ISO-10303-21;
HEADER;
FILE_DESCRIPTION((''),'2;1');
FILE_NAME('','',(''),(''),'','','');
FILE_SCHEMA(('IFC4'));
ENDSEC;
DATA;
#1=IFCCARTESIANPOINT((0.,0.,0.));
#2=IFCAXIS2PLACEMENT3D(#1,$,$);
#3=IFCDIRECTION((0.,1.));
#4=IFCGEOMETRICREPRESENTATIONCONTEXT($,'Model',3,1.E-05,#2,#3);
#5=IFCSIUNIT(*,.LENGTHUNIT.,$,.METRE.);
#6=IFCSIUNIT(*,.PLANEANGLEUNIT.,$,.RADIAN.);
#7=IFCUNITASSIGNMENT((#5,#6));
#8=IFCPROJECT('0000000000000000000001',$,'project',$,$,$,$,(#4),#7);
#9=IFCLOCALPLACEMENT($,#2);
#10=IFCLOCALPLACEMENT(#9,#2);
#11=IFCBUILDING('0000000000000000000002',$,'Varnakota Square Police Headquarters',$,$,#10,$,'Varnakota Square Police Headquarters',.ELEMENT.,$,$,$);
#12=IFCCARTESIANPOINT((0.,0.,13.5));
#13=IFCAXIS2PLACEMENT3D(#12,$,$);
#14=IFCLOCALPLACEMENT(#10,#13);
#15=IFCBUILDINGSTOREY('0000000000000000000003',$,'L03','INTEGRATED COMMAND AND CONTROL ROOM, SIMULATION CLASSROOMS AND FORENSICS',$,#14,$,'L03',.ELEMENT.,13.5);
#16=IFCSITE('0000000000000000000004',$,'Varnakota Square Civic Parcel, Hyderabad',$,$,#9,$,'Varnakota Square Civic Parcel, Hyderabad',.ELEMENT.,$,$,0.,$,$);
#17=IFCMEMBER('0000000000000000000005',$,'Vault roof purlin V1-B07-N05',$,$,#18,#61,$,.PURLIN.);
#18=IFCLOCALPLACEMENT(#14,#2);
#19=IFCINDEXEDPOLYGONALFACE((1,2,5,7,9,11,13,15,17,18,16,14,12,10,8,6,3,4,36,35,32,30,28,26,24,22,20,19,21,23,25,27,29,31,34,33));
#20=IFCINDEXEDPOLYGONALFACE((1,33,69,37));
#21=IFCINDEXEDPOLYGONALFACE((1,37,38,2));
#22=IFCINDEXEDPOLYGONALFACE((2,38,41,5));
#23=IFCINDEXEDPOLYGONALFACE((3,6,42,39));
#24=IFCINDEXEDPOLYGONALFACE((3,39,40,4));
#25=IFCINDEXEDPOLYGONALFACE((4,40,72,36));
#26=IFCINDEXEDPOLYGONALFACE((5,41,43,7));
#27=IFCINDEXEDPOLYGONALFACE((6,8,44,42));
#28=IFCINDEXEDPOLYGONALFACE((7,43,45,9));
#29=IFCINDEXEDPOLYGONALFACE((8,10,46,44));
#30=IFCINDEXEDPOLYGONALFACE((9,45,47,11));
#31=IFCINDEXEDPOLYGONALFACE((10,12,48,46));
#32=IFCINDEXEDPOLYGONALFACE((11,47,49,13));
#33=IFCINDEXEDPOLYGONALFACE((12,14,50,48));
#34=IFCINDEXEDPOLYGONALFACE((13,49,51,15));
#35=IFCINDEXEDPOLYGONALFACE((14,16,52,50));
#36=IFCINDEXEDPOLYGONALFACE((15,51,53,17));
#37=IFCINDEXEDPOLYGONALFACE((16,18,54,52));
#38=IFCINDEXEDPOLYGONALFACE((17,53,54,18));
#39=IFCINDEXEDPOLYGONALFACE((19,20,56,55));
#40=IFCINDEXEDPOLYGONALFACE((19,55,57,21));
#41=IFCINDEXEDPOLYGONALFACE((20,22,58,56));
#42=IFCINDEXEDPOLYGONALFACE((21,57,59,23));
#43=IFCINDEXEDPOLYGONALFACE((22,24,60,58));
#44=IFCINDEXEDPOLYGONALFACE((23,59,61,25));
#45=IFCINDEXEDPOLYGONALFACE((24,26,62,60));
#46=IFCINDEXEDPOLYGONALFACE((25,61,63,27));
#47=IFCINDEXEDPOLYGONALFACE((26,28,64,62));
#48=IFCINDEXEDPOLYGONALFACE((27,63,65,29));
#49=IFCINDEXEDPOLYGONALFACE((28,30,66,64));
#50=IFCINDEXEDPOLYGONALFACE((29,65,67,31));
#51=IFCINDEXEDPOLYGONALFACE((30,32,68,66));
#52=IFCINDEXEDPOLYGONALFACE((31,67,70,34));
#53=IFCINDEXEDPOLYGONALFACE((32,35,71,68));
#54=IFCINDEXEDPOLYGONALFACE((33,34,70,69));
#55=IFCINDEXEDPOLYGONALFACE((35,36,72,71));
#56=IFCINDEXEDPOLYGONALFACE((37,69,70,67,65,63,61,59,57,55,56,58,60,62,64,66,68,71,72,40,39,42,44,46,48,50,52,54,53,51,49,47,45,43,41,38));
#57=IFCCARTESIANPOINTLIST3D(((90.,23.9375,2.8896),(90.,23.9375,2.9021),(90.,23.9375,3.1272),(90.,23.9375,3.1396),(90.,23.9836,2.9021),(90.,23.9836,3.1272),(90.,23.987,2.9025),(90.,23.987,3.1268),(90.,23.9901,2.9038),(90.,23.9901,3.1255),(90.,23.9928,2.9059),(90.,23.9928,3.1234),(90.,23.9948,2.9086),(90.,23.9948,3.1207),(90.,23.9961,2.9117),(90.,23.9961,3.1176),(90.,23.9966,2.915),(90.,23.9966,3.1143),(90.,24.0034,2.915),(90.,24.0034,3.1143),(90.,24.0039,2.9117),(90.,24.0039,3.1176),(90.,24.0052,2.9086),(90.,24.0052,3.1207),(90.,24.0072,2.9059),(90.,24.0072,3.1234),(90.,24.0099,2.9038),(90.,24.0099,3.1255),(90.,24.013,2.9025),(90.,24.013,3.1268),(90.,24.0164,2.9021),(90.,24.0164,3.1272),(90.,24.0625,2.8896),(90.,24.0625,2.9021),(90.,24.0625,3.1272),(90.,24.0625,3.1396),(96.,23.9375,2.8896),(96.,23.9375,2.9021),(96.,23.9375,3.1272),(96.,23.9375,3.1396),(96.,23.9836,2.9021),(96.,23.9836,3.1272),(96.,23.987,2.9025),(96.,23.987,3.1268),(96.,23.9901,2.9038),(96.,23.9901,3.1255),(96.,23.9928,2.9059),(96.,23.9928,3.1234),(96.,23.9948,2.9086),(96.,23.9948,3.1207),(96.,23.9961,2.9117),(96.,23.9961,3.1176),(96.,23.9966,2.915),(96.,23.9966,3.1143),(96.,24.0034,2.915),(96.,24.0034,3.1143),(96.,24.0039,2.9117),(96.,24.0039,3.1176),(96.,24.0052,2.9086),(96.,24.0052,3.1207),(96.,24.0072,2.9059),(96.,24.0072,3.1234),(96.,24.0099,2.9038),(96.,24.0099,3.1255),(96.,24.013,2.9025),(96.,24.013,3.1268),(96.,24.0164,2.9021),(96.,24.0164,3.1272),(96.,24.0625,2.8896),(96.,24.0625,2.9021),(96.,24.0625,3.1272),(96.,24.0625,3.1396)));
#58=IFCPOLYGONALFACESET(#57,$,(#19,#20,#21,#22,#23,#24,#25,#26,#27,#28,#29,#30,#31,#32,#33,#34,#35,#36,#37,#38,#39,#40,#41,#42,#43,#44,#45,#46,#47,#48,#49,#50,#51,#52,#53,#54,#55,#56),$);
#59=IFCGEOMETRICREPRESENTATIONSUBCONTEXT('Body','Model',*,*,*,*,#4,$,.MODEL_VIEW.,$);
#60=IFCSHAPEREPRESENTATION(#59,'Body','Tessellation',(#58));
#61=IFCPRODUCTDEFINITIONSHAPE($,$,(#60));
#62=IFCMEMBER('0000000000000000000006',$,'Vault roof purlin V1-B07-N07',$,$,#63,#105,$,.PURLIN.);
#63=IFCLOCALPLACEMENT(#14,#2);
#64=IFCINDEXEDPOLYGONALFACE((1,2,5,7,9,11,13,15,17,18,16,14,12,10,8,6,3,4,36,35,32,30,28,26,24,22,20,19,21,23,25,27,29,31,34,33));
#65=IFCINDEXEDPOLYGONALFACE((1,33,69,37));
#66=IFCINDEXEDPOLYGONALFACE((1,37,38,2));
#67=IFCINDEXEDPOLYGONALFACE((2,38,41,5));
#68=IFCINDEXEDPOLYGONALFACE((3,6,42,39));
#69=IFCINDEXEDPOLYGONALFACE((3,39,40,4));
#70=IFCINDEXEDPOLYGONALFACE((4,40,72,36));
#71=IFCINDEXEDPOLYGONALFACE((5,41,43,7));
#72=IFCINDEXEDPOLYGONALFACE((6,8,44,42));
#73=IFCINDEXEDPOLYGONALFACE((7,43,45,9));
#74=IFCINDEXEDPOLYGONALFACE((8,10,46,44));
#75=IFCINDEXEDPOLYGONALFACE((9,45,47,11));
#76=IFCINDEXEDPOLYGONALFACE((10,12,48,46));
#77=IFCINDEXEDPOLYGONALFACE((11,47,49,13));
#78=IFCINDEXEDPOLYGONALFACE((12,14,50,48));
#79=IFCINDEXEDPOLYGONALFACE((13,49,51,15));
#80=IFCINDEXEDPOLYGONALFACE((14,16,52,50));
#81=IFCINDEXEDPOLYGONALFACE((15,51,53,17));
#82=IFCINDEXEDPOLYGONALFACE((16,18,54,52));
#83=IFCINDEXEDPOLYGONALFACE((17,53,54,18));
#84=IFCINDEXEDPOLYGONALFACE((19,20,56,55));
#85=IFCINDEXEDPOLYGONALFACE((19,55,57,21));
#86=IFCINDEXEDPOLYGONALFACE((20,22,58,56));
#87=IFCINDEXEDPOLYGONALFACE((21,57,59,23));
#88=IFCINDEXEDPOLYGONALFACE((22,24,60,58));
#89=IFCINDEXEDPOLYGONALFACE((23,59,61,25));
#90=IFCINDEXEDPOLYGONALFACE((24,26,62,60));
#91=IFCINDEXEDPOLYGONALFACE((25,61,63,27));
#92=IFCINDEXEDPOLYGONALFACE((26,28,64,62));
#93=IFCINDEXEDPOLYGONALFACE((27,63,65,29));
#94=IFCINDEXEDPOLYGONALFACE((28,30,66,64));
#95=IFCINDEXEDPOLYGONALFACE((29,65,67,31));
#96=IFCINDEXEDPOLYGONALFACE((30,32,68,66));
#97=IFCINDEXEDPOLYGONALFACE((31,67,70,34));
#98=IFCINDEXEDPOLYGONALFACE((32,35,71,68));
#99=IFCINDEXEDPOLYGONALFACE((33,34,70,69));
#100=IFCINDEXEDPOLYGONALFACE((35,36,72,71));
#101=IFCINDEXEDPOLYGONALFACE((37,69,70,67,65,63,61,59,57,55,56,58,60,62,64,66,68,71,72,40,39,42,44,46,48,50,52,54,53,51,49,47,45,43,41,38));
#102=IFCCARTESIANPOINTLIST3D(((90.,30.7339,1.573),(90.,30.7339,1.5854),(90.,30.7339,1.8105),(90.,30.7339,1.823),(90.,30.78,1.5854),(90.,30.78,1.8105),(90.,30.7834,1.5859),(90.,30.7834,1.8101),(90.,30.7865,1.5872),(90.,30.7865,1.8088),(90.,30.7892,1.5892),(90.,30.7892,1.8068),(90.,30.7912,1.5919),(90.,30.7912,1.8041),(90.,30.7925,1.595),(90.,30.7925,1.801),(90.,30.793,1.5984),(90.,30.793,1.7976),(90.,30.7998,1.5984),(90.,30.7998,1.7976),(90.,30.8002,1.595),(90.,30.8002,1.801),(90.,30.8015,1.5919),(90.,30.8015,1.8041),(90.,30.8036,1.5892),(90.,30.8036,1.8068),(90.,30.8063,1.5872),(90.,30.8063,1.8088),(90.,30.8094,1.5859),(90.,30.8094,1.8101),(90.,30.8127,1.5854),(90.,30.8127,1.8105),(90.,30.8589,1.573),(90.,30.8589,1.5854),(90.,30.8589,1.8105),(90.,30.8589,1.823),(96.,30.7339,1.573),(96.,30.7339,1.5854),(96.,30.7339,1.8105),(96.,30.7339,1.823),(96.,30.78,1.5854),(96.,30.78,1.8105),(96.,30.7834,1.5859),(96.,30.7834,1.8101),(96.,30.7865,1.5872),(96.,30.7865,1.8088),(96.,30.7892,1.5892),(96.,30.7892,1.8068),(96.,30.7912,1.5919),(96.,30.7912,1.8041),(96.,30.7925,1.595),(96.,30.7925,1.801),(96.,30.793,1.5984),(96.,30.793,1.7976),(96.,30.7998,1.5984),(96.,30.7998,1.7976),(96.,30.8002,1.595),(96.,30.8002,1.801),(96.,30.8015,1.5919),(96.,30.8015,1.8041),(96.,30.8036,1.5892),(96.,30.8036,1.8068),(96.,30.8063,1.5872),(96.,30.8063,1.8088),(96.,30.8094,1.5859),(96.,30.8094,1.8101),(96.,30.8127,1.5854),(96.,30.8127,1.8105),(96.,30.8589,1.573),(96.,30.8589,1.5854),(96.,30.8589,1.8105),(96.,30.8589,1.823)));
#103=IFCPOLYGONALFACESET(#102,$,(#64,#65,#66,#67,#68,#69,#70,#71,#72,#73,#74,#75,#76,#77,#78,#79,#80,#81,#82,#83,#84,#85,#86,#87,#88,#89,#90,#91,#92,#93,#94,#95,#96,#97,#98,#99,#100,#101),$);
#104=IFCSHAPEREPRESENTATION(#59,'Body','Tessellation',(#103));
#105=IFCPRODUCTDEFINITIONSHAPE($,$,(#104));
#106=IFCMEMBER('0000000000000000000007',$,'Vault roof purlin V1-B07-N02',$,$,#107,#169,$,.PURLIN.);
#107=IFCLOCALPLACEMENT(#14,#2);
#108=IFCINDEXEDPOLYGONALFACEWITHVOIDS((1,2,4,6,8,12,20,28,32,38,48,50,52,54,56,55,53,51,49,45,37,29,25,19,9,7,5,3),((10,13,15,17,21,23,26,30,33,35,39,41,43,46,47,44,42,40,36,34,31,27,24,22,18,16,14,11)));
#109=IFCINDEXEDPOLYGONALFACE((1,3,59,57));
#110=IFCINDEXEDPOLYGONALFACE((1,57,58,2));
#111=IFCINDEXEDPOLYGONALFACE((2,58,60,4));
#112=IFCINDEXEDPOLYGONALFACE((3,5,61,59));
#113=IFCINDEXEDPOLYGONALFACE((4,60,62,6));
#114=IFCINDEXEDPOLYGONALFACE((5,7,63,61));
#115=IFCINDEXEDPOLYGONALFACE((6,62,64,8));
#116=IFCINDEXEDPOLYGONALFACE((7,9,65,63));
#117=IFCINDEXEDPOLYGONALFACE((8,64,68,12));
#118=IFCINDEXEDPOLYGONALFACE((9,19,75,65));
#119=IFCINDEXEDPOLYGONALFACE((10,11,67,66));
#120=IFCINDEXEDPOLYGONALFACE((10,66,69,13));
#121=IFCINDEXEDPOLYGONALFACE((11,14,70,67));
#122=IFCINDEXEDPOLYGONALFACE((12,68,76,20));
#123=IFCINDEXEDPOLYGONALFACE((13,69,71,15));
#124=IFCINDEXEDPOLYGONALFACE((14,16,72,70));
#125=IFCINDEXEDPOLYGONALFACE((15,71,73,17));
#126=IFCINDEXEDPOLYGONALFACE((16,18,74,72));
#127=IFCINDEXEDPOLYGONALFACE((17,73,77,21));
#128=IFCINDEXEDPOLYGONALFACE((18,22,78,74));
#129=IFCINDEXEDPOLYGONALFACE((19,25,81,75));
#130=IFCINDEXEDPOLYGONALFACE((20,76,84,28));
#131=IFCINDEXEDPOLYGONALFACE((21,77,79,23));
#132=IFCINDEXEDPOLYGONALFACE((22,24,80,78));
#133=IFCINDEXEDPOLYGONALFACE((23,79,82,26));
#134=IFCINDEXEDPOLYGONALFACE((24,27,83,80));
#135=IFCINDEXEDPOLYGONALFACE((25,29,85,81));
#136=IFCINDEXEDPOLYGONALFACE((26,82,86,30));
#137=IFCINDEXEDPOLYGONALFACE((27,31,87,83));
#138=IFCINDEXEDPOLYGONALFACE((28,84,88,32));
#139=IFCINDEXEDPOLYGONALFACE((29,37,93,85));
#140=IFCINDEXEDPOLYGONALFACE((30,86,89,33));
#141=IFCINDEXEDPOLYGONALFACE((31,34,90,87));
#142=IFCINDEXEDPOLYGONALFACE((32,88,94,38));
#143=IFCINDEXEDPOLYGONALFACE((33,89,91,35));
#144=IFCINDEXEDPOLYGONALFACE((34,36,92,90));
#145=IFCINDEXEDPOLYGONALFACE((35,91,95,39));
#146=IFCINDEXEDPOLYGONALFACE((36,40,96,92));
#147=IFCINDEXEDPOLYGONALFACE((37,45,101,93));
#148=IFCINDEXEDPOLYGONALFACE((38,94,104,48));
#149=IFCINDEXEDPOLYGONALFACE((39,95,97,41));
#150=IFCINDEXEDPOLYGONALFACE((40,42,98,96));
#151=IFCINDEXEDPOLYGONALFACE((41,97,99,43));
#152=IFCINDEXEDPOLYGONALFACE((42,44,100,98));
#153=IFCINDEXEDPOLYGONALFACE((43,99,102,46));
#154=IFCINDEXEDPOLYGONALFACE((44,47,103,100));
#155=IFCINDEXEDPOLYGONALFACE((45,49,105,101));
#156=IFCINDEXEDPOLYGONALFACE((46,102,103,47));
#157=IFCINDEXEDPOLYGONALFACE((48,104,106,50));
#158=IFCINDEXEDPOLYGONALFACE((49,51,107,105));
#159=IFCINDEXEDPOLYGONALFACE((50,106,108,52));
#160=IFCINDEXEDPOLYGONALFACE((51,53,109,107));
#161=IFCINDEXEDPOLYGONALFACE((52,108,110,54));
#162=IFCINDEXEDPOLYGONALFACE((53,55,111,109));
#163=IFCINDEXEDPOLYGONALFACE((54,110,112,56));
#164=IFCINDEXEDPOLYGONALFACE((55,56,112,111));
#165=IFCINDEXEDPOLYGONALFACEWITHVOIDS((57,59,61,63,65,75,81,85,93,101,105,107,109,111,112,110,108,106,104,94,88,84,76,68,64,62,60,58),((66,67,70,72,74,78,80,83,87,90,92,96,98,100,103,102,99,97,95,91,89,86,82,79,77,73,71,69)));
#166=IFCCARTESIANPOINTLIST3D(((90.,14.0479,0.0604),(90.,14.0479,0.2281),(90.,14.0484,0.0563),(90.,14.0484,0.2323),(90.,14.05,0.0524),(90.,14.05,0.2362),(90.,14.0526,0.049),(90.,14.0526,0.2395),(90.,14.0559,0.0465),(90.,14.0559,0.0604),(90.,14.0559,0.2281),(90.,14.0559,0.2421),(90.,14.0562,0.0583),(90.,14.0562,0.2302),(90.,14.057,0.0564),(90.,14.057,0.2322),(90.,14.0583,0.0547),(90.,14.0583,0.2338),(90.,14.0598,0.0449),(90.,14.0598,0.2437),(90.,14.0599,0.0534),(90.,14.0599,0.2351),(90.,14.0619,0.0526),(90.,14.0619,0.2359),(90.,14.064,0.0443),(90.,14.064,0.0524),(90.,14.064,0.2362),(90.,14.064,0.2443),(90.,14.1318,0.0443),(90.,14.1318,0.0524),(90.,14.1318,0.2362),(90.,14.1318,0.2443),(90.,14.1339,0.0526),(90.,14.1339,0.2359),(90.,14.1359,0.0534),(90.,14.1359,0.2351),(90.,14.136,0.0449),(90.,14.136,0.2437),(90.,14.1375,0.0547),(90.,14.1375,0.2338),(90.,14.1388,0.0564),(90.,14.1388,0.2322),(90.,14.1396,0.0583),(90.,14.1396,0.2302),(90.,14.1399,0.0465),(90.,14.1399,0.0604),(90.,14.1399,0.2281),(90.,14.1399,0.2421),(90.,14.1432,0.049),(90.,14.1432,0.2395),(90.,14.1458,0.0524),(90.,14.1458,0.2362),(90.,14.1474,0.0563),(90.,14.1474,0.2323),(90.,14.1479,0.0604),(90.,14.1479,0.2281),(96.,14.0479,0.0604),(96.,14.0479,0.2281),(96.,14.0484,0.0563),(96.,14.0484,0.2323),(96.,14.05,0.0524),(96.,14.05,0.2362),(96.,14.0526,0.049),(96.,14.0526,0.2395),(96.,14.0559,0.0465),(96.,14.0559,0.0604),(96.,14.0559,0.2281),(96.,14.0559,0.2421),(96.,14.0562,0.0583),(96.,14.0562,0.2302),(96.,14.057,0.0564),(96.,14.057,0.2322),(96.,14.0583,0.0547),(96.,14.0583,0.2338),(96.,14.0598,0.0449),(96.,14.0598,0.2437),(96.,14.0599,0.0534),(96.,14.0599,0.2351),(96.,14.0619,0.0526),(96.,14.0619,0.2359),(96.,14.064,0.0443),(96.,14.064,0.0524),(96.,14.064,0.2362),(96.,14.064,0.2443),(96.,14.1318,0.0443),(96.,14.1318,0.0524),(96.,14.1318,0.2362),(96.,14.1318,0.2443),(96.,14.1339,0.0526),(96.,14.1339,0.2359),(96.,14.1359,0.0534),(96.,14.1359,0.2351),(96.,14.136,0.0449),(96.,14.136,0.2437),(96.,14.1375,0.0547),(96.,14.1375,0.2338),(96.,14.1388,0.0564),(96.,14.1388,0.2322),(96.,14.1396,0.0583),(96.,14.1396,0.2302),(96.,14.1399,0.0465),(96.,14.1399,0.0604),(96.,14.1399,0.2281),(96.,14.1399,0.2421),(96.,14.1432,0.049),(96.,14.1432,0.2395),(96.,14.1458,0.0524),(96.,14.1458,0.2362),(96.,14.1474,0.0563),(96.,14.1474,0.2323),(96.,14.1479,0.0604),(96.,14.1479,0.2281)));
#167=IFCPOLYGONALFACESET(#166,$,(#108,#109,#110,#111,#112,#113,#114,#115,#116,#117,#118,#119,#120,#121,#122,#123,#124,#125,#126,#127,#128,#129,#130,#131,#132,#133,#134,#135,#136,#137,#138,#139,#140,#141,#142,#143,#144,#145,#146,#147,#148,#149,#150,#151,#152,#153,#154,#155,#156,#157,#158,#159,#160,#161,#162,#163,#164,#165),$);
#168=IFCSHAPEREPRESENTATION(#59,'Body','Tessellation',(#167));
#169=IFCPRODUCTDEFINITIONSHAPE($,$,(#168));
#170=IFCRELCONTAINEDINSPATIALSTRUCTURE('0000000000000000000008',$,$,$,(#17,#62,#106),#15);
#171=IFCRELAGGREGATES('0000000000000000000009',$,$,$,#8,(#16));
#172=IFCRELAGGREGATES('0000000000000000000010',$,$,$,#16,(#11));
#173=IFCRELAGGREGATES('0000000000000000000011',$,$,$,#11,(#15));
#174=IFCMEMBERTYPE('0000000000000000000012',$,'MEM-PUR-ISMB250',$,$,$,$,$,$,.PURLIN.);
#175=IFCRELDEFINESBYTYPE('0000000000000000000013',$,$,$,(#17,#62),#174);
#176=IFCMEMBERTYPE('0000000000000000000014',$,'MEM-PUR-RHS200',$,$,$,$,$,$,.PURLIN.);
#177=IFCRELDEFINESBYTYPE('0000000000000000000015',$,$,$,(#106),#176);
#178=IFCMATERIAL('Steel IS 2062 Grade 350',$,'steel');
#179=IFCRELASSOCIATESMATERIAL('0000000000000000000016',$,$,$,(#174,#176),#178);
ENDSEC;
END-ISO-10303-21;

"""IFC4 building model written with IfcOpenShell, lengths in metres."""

from ifc_helpers import new_model, si_unit, direction, frame, origin, origin_2d, place, context, subcontext, project, spatial, hollow_rectangle, i_section, extrude, material, material_profile, profile_set, type_object, element, save


model = new_model("IFC4")

# Units and contexts
model_context = context("Model", 3, precision=1e-05, world=origin(), true_north=direction((0.0, 1.0)))
body_context = subcontext(model_context, "Body", "Model", "MODEL_VIEW")
ifc_project = project(units=[si_unit("LENGTHUNIT", "METRE"), si_unit("PLANEANGLEUNIT", "RADIAN")], contexts=[model_context])

# Site, building, storey
site_placement = place(None, origin())
site = spatial("IfcSite", under=ifc_project, at=site_placement, Name="Varnakota Square Civic Parcel, Hyderabad", LongName="Varnakota Square Civic Parcel, Hyderabad", CompositionType="ELEMENT", RefElevation=0.0)
building_placement = place(site_placement, origin())
building = spatial("IfcBuilding", under=site, at=building_placement, Name="Varnakota Square Police Headquarters", LongName="Varnakota Square Police Headquarters", CompositionType="ELEMENT")
storey_placement = place(building_placement, frame((0.0, 0.0, 13.5)))
storey = spatial("IfcBuildingStorey", under=building, at=storey_placement, Name="L03", Description="INTEGRATED COMMAND AND CONTROL ROOM, SIMULATION CLASSROOMS AND FORENSICS", LongName="L03", CompositionType="ELEMENT", Elevation=13.5)

# Shared definitions
ifc_material_1 = material(Name="Steel IS 2062 Grade 350", Category="steel")

# Members
ifc_material_profile_1 = material_profile(ifc_material_1, i_section(OverallWidth=0.125, OverallDepth=0.25, WebThickness=0.0068, FlangeThickness=0.0125, FilletRadius=0.0129, at=origin_2d()), Name="ISMB 250")
ifc_profile_set_1 = profile_set([ifc_material_profile_1], Name="Steel IS 2062 Grade 350")
member_type_1 = type_object("IfcMemberType", Name="MEM-PUR-ISMB250", PredefinedType="PURLIN", material=ifc_profile_set_1)
for number, where, z_axis, x_axis, name in (
    (1, (90.0, 24.0, 3.0146), (1.0, 0.0, 0.0), (0.0, 1.0, 0.0), "Vault roof purlin V1-B07-N05"),
    (2, (90.0, 30.7964, 1.698), (1.0, 0.0, 0.0), (0.0, 1.0, 0.0), "Vault roof purlin V1-B07-N07"),
):
    element("IfcMember", number, at=place(storey_placement, frame(where, z_axis=z_axis, x_axis=x_axis)), inside=storey, type_object=member_type_1, Name=name, PredefinedType="PURLIN", context=body_context, shape_type="SweptSolid", body=[
        extrude(i_section(OverallWidth=0.125, OverallDepth=0.25, WebThickness=0.0068, FlangeThickness=0.0125, FilletRadius=0.0129, at=origin_2d()), origin(), (0.0, 0.0, 1.0), 6.0),
    ])
ifc_material_profile_2 = material_profile(ifc_material_1, hollow_rectangle(XDim=0.1001, YDim=0.2, WallThickness=0.0081, InnerFilletRadius=0.0081, OuterFilletRadius=0.0161, at=origin_2d()), Name="RHS 200x100x8")
ifc_profile_set_2 = profile_set([ifc_material_profile_2], Name="Steel IS 2062 Grade 350")
member_type_2 = type_object("IfcMemberType", Name="MEM-PUR-RHS200", PredefinedType="PURLIN", material=ifc_profile_set_2)
for number, where, z_axis, x_axis, name in (
    (3, (90.0, 14.0979, 0.1443), (1.0, 0.0, 0.0), (0.0, 1.0, 0.0), "Vault roof purlin V1-B07-N02"),
):
    element("IfcMember", number, at=place(storey_placement, frame(where, z_axis=z_axis, x_axis=x_axis)), inside=storey, type_object=member_type_2, Name=name, PredefinedType="PURLIN", context=body_context, shape_type="SweptSolid", body=[
        extrude(hollow_rectangle(XDim=0.1001, YDim=0.2, WallThickness=0.0081, InnerFilletRadius=0.0081, OuterFilletRadius=0.0161, at=origin_2d()), origin(), (0.0, 0.0, 1.0), 6.0),
    ])

save(model, "model.ifc")
